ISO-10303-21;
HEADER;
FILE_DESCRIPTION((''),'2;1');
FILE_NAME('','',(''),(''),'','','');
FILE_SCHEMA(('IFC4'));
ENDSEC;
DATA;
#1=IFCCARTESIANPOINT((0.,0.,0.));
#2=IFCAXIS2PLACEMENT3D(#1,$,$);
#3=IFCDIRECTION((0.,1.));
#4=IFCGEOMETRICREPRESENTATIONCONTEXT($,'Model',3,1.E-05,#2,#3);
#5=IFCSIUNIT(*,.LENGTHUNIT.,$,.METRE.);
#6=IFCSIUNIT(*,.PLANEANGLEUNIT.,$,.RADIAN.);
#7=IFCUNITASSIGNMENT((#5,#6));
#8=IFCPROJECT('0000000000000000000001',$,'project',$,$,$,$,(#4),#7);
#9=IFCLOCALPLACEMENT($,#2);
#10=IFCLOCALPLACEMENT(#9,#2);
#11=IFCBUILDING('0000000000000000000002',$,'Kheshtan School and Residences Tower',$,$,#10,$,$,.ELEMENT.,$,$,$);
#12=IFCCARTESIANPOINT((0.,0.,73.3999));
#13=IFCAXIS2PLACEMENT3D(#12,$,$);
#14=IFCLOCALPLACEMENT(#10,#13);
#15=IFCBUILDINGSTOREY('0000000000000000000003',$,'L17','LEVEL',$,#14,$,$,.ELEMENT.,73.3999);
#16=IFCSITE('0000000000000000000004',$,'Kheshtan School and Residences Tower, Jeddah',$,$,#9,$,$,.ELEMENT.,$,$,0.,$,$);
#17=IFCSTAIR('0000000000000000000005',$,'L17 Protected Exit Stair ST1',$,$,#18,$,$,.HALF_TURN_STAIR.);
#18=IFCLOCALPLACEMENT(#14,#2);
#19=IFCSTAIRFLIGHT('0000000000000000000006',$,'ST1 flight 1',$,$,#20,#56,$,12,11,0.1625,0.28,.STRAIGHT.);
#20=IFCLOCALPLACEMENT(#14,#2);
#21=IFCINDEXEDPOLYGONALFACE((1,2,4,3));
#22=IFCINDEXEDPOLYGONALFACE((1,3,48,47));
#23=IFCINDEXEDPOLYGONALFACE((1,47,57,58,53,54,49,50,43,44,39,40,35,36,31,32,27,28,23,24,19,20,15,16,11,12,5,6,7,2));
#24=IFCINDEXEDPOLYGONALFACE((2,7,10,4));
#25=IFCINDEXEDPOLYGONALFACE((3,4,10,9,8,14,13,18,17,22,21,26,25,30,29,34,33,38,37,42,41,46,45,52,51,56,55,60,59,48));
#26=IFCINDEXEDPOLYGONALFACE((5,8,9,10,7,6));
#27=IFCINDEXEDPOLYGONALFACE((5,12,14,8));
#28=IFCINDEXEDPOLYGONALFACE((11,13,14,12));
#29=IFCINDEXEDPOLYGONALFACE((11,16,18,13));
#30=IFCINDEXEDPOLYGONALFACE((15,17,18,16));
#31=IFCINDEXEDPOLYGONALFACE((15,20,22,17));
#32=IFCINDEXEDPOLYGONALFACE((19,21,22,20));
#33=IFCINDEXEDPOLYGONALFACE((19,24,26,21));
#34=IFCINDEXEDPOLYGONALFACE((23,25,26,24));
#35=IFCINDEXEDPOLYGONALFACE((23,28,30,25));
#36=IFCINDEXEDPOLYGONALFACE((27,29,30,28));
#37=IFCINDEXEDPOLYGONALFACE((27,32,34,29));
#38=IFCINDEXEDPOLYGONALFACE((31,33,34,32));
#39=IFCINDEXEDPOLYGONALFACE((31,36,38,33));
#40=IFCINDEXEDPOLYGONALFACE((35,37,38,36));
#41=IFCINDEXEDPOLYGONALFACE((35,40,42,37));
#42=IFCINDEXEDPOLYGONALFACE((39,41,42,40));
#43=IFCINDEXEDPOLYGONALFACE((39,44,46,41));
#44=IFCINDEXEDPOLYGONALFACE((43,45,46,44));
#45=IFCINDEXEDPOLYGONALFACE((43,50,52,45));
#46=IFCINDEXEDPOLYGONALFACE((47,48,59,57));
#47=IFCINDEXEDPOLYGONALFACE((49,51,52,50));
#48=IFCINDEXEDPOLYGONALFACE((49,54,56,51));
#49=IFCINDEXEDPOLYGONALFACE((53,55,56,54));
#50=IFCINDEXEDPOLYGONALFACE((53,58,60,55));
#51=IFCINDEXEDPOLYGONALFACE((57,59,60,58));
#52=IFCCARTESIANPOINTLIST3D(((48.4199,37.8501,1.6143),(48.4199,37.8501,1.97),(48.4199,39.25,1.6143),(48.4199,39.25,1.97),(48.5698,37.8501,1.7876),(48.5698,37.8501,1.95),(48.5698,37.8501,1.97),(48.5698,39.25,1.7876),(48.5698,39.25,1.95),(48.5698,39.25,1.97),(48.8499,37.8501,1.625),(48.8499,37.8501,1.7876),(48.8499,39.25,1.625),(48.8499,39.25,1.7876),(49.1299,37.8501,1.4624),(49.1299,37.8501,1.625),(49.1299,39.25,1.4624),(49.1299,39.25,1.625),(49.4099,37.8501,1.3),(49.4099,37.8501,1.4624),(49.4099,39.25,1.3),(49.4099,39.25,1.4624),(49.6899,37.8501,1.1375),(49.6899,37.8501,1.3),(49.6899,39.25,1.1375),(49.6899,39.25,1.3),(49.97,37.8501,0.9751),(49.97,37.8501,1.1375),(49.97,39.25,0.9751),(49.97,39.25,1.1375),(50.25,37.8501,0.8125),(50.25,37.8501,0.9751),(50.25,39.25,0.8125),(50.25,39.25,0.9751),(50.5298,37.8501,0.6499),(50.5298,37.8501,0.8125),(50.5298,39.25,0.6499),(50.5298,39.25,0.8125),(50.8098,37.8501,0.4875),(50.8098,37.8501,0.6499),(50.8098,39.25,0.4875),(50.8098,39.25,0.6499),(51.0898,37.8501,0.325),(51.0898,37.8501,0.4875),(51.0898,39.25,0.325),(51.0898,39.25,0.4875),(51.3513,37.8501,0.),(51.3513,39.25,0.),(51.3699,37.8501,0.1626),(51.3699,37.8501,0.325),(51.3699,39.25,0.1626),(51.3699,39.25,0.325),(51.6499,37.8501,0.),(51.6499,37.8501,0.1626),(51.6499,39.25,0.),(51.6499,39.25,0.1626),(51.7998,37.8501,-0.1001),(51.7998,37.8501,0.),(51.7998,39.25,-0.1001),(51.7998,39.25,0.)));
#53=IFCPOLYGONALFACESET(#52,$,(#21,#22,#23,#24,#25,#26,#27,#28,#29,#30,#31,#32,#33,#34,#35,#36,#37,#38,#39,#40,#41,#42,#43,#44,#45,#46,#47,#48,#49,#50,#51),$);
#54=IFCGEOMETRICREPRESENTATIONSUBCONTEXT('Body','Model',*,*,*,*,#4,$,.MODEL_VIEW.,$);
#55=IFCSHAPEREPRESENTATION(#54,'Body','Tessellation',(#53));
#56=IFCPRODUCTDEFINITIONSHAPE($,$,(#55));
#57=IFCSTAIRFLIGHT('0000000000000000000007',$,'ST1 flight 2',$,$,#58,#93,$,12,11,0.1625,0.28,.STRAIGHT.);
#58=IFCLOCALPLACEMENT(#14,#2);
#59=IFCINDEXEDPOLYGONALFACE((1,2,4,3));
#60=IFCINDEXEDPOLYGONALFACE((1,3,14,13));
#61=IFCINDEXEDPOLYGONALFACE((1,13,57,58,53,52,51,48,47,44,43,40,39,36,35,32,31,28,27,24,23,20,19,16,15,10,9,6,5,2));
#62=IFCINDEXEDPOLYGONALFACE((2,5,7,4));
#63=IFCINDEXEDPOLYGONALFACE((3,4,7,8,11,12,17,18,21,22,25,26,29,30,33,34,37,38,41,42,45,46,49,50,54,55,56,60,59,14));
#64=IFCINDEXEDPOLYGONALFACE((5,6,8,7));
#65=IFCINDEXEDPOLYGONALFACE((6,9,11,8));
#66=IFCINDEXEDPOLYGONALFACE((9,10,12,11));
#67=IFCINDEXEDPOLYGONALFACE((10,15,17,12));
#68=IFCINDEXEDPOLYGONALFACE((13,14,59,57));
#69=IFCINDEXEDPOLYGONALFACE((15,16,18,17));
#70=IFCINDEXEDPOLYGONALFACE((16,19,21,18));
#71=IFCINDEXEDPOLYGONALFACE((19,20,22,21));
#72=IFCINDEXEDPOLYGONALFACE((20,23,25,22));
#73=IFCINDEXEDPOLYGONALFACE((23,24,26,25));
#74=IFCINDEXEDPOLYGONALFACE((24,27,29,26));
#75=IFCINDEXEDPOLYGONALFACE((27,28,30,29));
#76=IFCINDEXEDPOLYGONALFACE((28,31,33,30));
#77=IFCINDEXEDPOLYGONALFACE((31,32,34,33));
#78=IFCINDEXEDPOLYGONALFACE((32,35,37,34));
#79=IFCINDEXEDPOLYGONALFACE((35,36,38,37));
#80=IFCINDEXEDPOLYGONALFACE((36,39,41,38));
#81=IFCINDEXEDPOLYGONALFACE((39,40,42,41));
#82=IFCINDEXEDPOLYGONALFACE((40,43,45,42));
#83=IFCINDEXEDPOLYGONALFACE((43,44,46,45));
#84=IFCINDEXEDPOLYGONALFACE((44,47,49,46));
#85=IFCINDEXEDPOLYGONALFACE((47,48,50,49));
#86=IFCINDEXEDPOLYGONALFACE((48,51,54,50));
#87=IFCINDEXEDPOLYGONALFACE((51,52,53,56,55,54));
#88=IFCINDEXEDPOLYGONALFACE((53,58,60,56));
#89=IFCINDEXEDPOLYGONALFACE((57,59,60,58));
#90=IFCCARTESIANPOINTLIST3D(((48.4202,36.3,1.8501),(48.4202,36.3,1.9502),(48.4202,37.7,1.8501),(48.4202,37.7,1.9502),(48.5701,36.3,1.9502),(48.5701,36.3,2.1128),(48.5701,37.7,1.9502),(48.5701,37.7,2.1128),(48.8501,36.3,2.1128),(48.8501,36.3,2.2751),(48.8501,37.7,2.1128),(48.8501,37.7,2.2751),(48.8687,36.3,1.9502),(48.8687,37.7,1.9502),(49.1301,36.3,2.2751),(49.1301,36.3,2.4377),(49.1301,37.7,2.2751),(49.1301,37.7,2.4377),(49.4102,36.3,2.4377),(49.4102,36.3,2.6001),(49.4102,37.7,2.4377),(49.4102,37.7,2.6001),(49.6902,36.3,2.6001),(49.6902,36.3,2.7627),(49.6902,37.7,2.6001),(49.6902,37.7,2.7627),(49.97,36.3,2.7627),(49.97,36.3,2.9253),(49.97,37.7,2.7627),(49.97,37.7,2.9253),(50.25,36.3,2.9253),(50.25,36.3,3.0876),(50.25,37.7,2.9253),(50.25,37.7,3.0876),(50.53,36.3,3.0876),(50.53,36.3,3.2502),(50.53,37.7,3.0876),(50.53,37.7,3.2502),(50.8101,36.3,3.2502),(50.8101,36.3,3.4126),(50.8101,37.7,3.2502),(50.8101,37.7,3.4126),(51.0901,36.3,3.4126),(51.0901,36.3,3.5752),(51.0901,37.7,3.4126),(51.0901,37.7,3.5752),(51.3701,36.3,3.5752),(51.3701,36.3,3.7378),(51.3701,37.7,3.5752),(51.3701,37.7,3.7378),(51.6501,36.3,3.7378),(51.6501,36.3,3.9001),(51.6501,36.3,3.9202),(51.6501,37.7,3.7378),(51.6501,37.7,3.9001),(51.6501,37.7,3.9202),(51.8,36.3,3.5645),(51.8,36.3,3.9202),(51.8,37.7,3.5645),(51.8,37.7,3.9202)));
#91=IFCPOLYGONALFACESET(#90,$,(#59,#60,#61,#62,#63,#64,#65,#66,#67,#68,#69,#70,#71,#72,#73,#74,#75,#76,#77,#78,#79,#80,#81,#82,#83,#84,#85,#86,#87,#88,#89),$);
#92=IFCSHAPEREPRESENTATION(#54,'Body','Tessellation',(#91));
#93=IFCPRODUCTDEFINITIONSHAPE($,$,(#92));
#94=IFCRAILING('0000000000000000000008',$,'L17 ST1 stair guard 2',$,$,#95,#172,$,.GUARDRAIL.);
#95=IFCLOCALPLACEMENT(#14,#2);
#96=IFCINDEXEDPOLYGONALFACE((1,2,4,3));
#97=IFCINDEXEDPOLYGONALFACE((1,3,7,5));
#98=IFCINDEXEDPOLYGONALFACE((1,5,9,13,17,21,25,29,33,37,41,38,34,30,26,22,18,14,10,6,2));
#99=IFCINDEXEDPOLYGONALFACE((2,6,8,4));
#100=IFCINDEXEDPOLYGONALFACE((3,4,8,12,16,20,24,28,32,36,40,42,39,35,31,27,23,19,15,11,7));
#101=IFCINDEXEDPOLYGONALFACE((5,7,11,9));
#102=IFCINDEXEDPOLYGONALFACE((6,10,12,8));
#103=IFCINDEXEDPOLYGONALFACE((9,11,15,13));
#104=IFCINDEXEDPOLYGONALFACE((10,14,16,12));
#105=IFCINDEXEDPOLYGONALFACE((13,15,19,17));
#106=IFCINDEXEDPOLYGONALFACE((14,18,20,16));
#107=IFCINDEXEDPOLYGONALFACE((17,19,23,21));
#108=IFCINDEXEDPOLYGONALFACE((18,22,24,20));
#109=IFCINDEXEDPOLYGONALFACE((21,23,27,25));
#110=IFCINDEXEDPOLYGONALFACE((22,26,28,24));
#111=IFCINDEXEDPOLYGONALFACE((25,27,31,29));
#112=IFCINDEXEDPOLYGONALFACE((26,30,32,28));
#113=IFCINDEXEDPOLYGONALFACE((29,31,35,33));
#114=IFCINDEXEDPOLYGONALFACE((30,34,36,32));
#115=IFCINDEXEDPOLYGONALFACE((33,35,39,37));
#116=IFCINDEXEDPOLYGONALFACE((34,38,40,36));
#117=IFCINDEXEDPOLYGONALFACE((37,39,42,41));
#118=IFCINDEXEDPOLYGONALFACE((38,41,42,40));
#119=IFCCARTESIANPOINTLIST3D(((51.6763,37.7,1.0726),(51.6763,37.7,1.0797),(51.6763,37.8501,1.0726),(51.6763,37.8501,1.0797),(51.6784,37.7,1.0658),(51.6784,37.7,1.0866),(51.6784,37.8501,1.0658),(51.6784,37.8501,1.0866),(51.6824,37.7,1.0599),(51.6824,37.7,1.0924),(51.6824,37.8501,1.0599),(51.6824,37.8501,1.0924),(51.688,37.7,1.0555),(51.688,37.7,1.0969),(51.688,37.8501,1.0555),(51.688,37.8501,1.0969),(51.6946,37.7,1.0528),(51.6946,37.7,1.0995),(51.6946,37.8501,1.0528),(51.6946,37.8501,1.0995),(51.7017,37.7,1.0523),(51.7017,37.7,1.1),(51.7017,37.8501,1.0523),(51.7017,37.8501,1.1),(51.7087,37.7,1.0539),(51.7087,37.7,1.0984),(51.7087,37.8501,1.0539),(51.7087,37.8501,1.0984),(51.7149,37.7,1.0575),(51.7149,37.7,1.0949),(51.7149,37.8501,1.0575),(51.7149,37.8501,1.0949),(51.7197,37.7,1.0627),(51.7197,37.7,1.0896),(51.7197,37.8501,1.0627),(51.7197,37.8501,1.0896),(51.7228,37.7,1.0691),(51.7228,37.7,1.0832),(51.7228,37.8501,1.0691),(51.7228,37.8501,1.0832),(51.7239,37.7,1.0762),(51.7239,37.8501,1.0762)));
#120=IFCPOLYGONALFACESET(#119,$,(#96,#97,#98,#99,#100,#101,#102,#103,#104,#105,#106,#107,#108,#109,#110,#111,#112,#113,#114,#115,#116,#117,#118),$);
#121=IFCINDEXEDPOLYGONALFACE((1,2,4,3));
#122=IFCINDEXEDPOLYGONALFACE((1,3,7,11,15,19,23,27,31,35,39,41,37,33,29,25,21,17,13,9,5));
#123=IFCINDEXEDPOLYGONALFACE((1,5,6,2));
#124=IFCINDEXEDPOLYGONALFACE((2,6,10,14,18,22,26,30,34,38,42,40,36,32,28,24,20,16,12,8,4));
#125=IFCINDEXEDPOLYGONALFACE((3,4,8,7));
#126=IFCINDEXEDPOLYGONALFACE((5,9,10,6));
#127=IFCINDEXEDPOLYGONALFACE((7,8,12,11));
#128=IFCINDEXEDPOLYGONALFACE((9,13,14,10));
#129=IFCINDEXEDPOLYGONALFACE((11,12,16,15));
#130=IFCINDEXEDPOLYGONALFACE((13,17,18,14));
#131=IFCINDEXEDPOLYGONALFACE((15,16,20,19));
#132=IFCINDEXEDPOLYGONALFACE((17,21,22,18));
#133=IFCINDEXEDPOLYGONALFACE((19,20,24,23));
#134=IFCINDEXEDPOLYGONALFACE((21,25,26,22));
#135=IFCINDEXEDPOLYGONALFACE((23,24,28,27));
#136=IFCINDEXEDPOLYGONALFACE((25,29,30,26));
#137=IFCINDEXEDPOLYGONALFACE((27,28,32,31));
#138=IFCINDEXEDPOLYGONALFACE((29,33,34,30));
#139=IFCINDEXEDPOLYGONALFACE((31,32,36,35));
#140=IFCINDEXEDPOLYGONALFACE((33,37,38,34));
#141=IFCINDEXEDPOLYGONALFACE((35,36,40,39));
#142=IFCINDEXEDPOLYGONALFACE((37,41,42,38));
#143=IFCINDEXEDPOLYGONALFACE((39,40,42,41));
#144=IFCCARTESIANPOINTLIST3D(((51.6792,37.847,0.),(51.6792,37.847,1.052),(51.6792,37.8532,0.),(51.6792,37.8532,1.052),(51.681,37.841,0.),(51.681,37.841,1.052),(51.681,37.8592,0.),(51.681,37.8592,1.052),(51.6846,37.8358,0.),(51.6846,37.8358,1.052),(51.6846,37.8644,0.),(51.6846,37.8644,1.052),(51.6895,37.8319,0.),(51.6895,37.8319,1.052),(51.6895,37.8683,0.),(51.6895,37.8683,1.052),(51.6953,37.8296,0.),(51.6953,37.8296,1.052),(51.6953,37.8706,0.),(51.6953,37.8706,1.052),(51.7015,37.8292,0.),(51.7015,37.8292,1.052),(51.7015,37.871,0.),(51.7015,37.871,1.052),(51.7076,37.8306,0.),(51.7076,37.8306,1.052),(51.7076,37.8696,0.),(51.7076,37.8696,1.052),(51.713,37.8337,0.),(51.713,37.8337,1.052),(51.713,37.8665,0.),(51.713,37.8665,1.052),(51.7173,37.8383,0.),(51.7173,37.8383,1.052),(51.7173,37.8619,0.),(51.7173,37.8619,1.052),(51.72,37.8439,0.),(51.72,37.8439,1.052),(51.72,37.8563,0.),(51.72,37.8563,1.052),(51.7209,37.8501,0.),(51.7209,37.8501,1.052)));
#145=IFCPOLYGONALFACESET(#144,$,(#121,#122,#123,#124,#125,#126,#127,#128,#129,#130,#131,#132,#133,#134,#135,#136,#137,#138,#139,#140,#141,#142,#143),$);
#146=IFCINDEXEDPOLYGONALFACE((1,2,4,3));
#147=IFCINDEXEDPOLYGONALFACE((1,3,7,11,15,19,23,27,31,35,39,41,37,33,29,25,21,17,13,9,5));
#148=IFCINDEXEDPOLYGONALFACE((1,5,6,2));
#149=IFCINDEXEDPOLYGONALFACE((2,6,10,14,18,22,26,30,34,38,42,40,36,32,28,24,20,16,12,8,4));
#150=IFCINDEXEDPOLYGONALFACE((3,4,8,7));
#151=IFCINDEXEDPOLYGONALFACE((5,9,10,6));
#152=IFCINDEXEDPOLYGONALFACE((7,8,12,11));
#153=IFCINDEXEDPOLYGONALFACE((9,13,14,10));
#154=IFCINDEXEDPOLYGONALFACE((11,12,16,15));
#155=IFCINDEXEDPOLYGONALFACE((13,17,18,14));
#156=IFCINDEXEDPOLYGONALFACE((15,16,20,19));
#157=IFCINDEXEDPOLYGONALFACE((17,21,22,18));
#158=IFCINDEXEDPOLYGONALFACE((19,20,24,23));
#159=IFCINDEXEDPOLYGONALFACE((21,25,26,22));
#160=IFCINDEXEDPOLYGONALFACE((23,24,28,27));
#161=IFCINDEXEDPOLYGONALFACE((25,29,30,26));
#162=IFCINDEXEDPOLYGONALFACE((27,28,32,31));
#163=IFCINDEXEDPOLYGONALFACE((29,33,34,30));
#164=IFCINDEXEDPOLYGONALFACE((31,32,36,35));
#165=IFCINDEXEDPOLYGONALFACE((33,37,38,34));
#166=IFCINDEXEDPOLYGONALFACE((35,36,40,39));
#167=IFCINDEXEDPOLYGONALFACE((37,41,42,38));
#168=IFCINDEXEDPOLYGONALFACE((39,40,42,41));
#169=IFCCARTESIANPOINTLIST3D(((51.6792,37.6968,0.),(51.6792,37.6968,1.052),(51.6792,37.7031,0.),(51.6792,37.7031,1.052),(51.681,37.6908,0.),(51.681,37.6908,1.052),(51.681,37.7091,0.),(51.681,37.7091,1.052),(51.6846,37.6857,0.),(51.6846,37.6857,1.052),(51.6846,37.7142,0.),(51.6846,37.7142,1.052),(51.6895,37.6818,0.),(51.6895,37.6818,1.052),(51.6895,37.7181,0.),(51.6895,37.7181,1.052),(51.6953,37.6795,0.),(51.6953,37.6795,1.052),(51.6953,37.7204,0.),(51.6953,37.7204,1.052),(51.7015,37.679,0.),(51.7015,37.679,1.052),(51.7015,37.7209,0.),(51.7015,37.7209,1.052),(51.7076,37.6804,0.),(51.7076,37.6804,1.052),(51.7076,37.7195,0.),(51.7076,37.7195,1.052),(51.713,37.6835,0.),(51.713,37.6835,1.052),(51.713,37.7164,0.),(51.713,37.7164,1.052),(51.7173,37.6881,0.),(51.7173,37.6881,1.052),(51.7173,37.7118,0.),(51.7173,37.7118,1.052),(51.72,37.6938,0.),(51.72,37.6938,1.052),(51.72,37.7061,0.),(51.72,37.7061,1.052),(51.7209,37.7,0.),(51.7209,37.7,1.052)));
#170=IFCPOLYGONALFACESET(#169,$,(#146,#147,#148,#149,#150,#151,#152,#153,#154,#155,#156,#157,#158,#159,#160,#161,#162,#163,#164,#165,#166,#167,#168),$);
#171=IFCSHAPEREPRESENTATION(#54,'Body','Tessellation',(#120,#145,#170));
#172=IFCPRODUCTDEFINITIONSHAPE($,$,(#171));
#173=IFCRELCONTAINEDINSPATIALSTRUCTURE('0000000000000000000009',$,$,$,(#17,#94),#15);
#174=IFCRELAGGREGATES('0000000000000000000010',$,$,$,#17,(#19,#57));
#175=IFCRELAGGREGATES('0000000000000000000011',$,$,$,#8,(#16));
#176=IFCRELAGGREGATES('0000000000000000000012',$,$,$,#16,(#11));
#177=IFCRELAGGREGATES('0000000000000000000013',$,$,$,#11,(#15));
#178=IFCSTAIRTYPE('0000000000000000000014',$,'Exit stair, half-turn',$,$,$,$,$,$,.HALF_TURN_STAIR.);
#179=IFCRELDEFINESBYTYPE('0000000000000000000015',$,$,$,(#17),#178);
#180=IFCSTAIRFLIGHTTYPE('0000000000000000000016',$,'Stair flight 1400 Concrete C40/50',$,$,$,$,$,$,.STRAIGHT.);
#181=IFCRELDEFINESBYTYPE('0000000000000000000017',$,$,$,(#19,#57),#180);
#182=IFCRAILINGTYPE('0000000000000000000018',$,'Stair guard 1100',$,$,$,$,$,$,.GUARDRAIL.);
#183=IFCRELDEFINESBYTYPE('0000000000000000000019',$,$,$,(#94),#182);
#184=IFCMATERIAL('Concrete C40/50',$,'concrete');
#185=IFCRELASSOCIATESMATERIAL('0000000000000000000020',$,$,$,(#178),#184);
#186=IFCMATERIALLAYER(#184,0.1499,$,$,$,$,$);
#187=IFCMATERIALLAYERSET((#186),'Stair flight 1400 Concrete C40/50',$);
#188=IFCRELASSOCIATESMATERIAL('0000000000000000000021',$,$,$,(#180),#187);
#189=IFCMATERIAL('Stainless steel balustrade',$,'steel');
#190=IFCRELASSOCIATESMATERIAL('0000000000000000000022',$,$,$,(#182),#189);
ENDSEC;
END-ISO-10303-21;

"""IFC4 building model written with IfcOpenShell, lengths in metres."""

from ifc_helpers import new_model, si_unit, direction, frame, origin, origin_2d, place, context, subcontext, project, spatial, polyline, circle, outline, extrude, material, layer, layer_set, type_object, element, aggregate, save


model = new_model("IFC4")

# Units and contexts
model_context = context("Model", 3, precision=1e-05, world=origin(), true_north=direction((0.0, 1.0)))
body_context = subcontext(model_context, "Body", "Model", "MODEL_VIEW")
ifc_project = project(units=[si_unit("LENGTHUNIT", "METRE"), si_unit("PLANEANGLEUNIT", "RADIAN")], contexts=[model_context])

# Site, building, storey
site_placement = place(None, origin())
site = spatial("IfcSite", under=ifc_project, at=site_placement, Name="Kheshtan School and Residences Tower, Jeddah", CompositionType="ELEMENT", RefElevation=0.0)
building_placement = place(site_placement, origin())
building = spatial("IfcBuilding", under=site, at=building_placement, Name="Kheshtan School and Residences Tower", CompositionType="ELEMENT")
storey_placement = place(building_placement, frame((0.0, 0.0, 73.3999)))
storey = spatial("IfcBuildingStorey", under=building, at=storey_placement, Name="L17", Description="LEVEL", CompositionType="ELEMENT", Elevation=73.3999)

# Shared definitions
ifc_material_1 = material(Name="Concrete C40/50", Category="concrete")

# Stair, stair flights
stair_type = type_object("IfcStairType", Name="Exit stair, half-turn", PredefinedType="HALF_TURN_STAIR", material=ifc_material_1)
stair_placement = place(storey_placement, origin())
stair = element("IfcStair", 1, at=stair_placement, inside=storey, type_object=stair_type, Name="L17 Protected Exit Stair ST1", PredefinedType="HALF_TURN_STAIR")
ifc_layer_1 = layer(ifc_material_1, 0.1499)
ifc_layer_set_1 = layer_set([ifc_layer_1], Name="Stair flight 1400 Concrete C40/50")
stair_flight_type = type_object("IfcStairFlightType", Name="Stair flight 1400 Concrete C40/50", PredefinedType="STRAIGHT", material=ifc_layer_set_1)
stair_flight_1_placement = place(storey_placement, frame((51.6499, 38.55, 0.0), z_axis=(0.0, 0.0, 1.0), x_axis=(-1.0, 0.0, 0.0)))
stair_flight_1 = element("IfcStairFlight", 2, at=stair_flight_1_placement, type_object=stair_flight_type, Name="ST1 flight 1", NumberOfRisers=12, NumberOfTreads=11, PredefinedType="STRAIGHT", RiserHeight=0.1625, TreadLength=0.28, context=body_context, shape_type="SweptSolid", body=[
    extrude(outline(polyline([(-0.1499, -0.1001), (-0.1499, 0.0), (0.0, 0.0), (0.0, 0.1626), (0.28, 0.1626), (0.28, 0.325), (0.5601, 0.325), (0.5601, 0.4875), (0.8401, 0.4875), (0.8401, 0.6499), (1.1201, 0.6499), (1.1201, 0.8125), (1.3999, 0.8125), (1.3999, 0.9751), (1.6799, 0.9751), (1.6799, 1.1375), (1.96, 1.1375), (1.96, 1.3), (2.24, 1.3), (2.24, 1.4624), (2.52, 1.4624), (2.52, 1.625), (2.8, 1.625), (2.8, 1.7876), (3.0801, 1.7876), (3.0801, 1.95), (3.0801, 1.97), (3.23, 1.97), (3.23, 1.6143), (0.2986, 0.0), (-0.1499, -0.1001)])), frame((0.0, 0.7, 0.0), z_axis=(0.0, -1.0, 0.0), x_axis=(1.0, 0.0, 0.0)), (0.0, 0.0, 1.0), 1.3999),
])
stair_flight_2_placement = place(storey_placement, frame((48.5701, 37.0, 1.9502), z_axis=(0.0, 0.0, 1.0), x_axis=(1.0, 0.0, 0.0)))
stair_flight_2 = element("IfcStairFlight", 3, at=stair_flight_2_placement, type_object=stair_flight_type, Name="ST1 flight 2", NumberOfRisers=12, NumberOfTreads=11, PredefinedType="STRAIGHT", RiserHeight=0.1625, TreadLength=0.28, context=body_context, shape_type="SweptSolid", body=[
    extrude(outline(polyline([(-0.1499, -0.1001), (-0.1499, 0.0), (0.0, 0.0), (0.0, 0.1626), (0.28, 0.1626), (0.28, 0.325), (0.5601, 0.325), (0.5601, 0.4875), (0.8401, 0.4875), (0.8401, 0.6499), (1.1201, 0.6499), (1.1201, 0.8125), (1.3999, 0.8125), (1.3999, 0.9751), (1.6799, 0.9751), (1.6799, 1.1375), (1.96, 1.1375), (1.96, 1.3), (2.24, 1.3), (2.24, 1.4624), (2.52, 1.4624), (2.52, 1.625), (2.8, 1.625), (2.8, 1.7876), (3.0801, 1.7876), (3.0801, 1.95), (3.0801, 1.97), (3.23, 1.97), (3.23, 1.6143), (0.2986, 0.0), (-0.1499, -0.1001)])), frame((0.0, 0.7, 0.0), z_axis=(0.0, -1.0, 0.0), x_axis=(1.0, 0.0, 0.0)), (0.0, 0.0, 1.0), 1.3999),
])
aggregate(stair, [stair_flight_1, stair_flight_2])

# Railing
ifc_material_2 = material(Name="Stainless steel balustrade", Category="steel")
railing_type_1 = type_object("IfcRailingType", Name="Stair guard 1100", PredefinedType="GUARDRAIL", material=ifc_material_2)
railing_1_placement = place(storey_placement, frame((51.7, 37.8501, 0.0)))
element("IfcRailing", 4, at=railing_1_placement, inside=storey, type_object=railing_type_1, Name="L17 ST1 stair guard 2", PredefinedType="GUARDRAIL", context=body_context, shape_type="SweptSolid", body=[
    extrude(circle(Radius=0.0239, at=origin_2d()), frame((0.0, 0.0, 1.0762), z_axis=(0.0, -1.0, 0.0), x_axis=(1.0, 0.0, 0.0)), (0.0, 0.0, 1.0), 0.1501),
    extrude(circle(Radius=0.021, at=origin_2d()), origin(), (0.0, 0.0, 1.0), 1.052),
    extrude(circle(Radius=0.021, at=origin_2d()), frame((0.0, -0.1501, 0.0)), (0.0, 0.0, 1.0), 1.052),
])

save(model, "model.ifc")
